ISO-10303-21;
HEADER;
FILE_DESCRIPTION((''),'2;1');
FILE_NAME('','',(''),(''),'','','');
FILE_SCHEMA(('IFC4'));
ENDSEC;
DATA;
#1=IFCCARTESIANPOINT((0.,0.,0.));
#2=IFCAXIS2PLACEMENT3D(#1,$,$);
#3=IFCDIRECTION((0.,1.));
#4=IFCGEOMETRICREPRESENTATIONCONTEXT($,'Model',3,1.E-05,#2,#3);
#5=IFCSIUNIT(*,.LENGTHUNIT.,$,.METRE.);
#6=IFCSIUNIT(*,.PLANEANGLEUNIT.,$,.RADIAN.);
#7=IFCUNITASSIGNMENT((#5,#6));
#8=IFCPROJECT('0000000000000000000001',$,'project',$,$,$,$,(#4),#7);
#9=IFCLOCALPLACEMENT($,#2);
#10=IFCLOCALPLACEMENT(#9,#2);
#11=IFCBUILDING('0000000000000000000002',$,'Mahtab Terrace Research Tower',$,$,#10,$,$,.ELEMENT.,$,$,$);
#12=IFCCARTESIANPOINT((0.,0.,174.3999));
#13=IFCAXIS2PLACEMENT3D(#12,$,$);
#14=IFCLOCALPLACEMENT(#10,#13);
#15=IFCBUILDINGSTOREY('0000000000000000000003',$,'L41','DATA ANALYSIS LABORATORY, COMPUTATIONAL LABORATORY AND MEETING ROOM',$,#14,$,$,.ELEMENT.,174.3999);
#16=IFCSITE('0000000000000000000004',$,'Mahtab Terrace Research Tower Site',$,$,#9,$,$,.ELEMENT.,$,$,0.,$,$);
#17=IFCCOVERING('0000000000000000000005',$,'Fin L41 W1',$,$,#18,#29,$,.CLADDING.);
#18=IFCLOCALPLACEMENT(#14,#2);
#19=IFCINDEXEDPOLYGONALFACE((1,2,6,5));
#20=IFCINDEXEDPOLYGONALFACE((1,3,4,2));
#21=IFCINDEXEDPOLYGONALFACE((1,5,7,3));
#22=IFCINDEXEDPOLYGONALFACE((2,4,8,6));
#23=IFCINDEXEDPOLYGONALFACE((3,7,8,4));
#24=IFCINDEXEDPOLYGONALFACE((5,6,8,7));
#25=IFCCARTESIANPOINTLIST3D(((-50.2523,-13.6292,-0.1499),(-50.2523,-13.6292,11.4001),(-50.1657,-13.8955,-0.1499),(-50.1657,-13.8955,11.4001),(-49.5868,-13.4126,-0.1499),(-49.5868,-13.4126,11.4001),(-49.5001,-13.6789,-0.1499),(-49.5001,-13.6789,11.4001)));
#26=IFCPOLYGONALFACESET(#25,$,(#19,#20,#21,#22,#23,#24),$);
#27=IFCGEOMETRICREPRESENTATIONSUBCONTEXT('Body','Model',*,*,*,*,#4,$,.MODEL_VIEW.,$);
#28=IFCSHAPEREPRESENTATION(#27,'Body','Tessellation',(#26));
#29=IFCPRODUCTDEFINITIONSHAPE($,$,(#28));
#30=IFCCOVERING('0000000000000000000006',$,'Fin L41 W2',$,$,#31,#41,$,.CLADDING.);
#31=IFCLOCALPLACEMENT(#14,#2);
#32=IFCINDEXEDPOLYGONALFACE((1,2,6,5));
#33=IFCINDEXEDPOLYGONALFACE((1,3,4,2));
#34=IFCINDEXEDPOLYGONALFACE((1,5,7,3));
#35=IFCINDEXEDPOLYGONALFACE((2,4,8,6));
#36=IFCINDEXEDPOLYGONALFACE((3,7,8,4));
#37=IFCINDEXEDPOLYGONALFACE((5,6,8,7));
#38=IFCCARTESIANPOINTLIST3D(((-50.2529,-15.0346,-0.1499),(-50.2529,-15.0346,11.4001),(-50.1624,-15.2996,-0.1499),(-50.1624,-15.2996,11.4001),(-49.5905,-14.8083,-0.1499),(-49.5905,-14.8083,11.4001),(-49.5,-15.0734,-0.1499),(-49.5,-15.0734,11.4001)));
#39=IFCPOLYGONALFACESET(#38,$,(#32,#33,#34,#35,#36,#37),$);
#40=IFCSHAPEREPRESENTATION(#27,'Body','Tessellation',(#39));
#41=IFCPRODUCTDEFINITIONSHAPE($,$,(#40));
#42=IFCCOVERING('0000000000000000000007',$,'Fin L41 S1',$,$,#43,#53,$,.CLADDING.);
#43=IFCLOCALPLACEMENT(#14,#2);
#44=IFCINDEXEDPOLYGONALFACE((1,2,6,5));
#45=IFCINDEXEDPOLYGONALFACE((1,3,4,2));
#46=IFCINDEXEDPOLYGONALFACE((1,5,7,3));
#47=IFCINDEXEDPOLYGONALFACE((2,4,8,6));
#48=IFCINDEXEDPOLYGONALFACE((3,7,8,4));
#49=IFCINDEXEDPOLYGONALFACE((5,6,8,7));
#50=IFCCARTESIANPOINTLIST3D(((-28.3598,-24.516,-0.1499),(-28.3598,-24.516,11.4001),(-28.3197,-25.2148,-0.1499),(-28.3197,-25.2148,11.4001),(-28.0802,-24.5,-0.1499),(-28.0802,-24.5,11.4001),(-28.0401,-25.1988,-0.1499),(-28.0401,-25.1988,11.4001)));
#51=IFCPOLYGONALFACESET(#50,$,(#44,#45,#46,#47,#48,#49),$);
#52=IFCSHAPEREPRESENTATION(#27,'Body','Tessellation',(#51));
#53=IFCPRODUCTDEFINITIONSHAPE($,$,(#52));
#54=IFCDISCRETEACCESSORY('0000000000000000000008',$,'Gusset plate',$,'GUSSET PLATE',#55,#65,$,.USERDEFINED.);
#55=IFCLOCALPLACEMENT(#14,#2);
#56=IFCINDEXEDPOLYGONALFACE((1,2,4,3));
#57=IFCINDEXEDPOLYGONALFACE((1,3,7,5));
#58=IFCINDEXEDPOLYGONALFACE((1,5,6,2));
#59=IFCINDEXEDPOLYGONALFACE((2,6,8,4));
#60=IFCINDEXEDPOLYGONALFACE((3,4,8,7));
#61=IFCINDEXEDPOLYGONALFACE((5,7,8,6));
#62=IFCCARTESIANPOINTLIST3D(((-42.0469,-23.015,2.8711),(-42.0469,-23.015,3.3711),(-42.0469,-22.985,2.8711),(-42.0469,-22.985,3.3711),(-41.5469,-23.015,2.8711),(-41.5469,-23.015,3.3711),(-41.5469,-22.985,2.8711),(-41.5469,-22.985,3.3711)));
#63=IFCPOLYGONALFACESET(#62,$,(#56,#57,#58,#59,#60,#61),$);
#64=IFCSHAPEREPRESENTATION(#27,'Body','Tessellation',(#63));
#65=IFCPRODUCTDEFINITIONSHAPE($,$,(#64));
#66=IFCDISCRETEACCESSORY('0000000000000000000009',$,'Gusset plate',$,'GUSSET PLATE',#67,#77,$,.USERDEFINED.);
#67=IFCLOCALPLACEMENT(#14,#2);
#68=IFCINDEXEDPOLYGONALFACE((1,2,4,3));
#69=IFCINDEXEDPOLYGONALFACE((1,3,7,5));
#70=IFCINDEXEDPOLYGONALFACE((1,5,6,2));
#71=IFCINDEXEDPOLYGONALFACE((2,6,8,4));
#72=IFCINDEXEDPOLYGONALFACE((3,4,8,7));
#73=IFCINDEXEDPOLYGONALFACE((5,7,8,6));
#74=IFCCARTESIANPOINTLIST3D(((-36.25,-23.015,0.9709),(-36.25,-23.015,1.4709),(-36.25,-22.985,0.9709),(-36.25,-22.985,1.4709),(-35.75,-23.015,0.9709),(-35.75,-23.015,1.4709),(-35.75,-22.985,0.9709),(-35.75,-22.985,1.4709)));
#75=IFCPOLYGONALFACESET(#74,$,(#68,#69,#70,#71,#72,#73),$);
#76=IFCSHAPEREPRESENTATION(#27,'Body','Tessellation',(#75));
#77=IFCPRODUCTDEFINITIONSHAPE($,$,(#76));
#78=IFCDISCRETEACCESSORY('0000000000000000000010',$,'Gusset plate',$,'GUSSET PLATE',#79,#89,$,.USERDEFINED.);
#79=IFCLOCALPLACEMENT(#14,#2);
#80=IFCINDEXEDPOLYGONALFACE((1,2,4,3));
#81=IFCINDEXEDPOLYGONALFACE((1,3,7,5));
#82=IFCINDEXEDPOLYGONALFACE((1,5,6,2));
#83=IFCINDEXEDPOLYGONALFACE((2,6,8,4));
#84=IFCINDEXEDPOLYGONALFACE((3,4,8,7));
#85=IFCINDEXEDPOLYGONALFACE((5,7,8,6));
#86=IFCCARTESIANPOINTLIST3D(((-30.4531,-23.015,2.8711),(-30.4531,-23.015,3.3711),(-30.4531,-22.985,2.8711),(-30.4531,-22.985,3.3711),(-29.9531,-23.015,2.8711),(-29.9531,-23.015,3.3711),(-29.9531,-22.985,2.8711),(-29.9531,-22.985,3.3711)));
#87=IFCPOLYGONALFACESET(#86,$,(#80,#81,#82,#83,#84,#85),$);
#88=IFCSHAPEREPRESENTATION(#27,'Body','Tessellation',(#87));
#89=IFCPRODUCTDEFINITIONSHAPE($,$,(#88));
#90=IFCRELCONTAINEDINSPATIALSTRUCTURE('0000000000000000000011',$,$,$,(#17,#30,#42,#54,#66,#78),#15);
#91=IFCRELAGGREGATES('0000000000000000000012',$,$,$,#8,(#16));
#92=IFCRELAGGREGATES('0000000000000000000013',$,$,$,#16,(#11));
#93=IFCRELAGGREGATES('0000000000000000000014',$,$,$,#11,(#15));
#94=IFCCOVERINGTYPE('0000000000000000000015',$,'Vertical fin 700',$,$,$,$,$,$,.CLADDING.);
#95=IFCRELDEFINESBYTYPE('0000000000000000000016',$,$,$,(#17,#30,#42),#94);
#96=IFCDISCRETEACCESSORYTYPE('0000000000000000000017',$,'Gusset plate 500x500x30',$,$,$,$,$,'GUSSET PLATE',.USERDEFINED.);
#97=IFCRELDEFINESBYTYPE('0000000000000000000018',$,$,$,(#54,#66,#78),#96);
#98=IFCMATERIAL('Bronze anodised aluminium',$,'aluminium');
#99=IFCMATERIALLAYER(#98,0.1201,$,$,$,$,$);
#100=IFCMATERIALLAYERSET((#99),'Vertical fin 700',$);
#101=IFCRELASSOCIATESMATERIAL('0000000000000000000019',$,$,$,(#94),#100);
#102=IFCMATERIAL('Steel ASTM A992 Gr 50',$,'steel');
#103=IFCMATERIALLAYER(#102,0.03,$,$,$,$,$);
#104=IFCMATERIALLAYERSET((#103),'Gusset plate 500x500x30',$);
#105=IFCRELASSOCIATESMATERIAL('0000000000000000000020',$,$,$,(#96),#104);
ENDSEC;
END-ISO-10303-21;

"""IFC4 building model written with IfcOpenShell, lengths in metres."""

from ifc_helpers import new_model, si_unit, direction, frame, origin, origin_2d, place, context, subcontext, project, spatial, rectangle, extrude, material, layer, layer_set, type_object, element, save


model = new_model("IFC4")

# Units and contexts
model_context = context("Model", 3, precision=1e-05, world=origin(), true_north=direction((0.0, 1.0)))
body_context = subcontext(model_context, "Body", "Model", "MODEL_VIEW")
ifc_project = project(units=[si_unit("LENGTHUNIT", "METRE"), si_unit("PLANEANGLEUNIT", "RADIAN")], contexts=[model_context])

# Site, building, storey
site_placement = place(None, origin())
site = spatial("IfcSite", under=ifc_project, at=site_placement, Name="Mahtab Terrace Research Tower Site", CompositionType="ELEMENT", RefElevation=0.0)
building_placement = place(site_placement, origin())
building = spatial("IfcBuilding", under=site, at=building_placement, Name="Mahtab Terrace Research Tower", CompositionType="ELEMENT")
storey_placement = place(building_placement, frame((0.0, 0.0, 174.3999)))
storey = spatial("IfcBuildingStorey", under=building, at=storey_placement, Name="L41", Description="DATA ANALYSIS LABORATORY, COMPUTATIONAL LABORATORY AND MEETING ROOM", CompositionType="ELEMENT", Elevation=174.3999)

# Shared definitions
ifc_material_1 = material(Name="Steel ASTM A992 Gr 50", Category="steel")

# Coverings
ifc_material_2 = material(Name="Bronze anodised aluminium", Category="aluminium")
ifc_layer_1 = layer(ifc_material_2, 0.1201)
ifc_layer_set_1 = layer_set([ifc_layer_1], Name="Vertical fin 700")
covering_type_1 = type_object("IfcCoveringType", Name="Vertical fin 700", PredefinedType="CLADDING", material=ifc_layer_set_1)
for number, where, z_axis, x_axis, name in (
    (1, (-49.8762, -13.6541, -0.1499), (0.0, 0.0, 1.0), (0.309544, -0.950885, 0.0), "Fin L41 W1"),
    (2, (-49.8765, -15.054, -0.1499), (0.0, 0.0, 1.0), (0.323179, -0.946338, 0.0), "Fin L41 W2"),
    (3, (-28.2, -24.8574, -0.1499), (0.0, 0.0, 1.0), (0.998356, 0.057315, 0.0), "Fin L41 S1"),
):
    element("IfcCovering", number, at=place(storey_placement, frame(where, z_axis=z_axis, x_axis=x_axis)), inside=storey, type_object=covering_type_1, Name=name, PredefinedType="CLADDING", context=body_context, shape_type="SweptSolid", body=[
        extrude(rectangle(XDim=0.28, YDim=0.7, at=origin_2d()), origin(), (0.0, 0.0, 1.0), 11.55),
    ])

# Discrete accessories
ifc_layer_2 = layer(ifc_material_1, 0.03)
ifc_layer_set_2 = layer_set([ifc_layer_2], Name="Gusset plate 500x500x30")
discrete_accessory_type = type_object("IfcDiscreteAccessoryType", Name="Gusset plate 500x500x30", ElementType="GUSSET PLATE", PredefinedType="USERDEFINED", material=ifc_layer_set_2)
for number, where, z_axis, x_axis, name in (
    (4, (-41.7969, -23.0, 2.8711), (0.0, 0.0, 1.0), (1.0, 0.0, 0.0), "Gusset plate"),
    (5, (-36.0, -23.0, 0.9709), (0.0, 0.0, 1.0), (1.0, 0.0, 0.0), "Gusset plate"),
    (6, (-30.2031, -23.0, 2.8711), (0.0, 0.0, 1.0), (1.0, 0.0, 0.0), "Gusset plate"),
):
    element("IfcDiscreteAccessory", number, at=place(storey_placement, frame(where, z_axis=z_axis, x_axis=x_axis)), inside=storey, type_object=discrete_accessory_type, Name=name, ObjectType="GUSSET PLATE", PredefinedType="USERDEFINED", context=body_context, shape_type="SweptSolid", body=[
        extrude(rectangle(XDim=0.5, YDim=0.03, at=origin_2d()), origin(), (0.0, 0.0, 1.0), 0.5),
    ])

save(model, "model.ifc")
